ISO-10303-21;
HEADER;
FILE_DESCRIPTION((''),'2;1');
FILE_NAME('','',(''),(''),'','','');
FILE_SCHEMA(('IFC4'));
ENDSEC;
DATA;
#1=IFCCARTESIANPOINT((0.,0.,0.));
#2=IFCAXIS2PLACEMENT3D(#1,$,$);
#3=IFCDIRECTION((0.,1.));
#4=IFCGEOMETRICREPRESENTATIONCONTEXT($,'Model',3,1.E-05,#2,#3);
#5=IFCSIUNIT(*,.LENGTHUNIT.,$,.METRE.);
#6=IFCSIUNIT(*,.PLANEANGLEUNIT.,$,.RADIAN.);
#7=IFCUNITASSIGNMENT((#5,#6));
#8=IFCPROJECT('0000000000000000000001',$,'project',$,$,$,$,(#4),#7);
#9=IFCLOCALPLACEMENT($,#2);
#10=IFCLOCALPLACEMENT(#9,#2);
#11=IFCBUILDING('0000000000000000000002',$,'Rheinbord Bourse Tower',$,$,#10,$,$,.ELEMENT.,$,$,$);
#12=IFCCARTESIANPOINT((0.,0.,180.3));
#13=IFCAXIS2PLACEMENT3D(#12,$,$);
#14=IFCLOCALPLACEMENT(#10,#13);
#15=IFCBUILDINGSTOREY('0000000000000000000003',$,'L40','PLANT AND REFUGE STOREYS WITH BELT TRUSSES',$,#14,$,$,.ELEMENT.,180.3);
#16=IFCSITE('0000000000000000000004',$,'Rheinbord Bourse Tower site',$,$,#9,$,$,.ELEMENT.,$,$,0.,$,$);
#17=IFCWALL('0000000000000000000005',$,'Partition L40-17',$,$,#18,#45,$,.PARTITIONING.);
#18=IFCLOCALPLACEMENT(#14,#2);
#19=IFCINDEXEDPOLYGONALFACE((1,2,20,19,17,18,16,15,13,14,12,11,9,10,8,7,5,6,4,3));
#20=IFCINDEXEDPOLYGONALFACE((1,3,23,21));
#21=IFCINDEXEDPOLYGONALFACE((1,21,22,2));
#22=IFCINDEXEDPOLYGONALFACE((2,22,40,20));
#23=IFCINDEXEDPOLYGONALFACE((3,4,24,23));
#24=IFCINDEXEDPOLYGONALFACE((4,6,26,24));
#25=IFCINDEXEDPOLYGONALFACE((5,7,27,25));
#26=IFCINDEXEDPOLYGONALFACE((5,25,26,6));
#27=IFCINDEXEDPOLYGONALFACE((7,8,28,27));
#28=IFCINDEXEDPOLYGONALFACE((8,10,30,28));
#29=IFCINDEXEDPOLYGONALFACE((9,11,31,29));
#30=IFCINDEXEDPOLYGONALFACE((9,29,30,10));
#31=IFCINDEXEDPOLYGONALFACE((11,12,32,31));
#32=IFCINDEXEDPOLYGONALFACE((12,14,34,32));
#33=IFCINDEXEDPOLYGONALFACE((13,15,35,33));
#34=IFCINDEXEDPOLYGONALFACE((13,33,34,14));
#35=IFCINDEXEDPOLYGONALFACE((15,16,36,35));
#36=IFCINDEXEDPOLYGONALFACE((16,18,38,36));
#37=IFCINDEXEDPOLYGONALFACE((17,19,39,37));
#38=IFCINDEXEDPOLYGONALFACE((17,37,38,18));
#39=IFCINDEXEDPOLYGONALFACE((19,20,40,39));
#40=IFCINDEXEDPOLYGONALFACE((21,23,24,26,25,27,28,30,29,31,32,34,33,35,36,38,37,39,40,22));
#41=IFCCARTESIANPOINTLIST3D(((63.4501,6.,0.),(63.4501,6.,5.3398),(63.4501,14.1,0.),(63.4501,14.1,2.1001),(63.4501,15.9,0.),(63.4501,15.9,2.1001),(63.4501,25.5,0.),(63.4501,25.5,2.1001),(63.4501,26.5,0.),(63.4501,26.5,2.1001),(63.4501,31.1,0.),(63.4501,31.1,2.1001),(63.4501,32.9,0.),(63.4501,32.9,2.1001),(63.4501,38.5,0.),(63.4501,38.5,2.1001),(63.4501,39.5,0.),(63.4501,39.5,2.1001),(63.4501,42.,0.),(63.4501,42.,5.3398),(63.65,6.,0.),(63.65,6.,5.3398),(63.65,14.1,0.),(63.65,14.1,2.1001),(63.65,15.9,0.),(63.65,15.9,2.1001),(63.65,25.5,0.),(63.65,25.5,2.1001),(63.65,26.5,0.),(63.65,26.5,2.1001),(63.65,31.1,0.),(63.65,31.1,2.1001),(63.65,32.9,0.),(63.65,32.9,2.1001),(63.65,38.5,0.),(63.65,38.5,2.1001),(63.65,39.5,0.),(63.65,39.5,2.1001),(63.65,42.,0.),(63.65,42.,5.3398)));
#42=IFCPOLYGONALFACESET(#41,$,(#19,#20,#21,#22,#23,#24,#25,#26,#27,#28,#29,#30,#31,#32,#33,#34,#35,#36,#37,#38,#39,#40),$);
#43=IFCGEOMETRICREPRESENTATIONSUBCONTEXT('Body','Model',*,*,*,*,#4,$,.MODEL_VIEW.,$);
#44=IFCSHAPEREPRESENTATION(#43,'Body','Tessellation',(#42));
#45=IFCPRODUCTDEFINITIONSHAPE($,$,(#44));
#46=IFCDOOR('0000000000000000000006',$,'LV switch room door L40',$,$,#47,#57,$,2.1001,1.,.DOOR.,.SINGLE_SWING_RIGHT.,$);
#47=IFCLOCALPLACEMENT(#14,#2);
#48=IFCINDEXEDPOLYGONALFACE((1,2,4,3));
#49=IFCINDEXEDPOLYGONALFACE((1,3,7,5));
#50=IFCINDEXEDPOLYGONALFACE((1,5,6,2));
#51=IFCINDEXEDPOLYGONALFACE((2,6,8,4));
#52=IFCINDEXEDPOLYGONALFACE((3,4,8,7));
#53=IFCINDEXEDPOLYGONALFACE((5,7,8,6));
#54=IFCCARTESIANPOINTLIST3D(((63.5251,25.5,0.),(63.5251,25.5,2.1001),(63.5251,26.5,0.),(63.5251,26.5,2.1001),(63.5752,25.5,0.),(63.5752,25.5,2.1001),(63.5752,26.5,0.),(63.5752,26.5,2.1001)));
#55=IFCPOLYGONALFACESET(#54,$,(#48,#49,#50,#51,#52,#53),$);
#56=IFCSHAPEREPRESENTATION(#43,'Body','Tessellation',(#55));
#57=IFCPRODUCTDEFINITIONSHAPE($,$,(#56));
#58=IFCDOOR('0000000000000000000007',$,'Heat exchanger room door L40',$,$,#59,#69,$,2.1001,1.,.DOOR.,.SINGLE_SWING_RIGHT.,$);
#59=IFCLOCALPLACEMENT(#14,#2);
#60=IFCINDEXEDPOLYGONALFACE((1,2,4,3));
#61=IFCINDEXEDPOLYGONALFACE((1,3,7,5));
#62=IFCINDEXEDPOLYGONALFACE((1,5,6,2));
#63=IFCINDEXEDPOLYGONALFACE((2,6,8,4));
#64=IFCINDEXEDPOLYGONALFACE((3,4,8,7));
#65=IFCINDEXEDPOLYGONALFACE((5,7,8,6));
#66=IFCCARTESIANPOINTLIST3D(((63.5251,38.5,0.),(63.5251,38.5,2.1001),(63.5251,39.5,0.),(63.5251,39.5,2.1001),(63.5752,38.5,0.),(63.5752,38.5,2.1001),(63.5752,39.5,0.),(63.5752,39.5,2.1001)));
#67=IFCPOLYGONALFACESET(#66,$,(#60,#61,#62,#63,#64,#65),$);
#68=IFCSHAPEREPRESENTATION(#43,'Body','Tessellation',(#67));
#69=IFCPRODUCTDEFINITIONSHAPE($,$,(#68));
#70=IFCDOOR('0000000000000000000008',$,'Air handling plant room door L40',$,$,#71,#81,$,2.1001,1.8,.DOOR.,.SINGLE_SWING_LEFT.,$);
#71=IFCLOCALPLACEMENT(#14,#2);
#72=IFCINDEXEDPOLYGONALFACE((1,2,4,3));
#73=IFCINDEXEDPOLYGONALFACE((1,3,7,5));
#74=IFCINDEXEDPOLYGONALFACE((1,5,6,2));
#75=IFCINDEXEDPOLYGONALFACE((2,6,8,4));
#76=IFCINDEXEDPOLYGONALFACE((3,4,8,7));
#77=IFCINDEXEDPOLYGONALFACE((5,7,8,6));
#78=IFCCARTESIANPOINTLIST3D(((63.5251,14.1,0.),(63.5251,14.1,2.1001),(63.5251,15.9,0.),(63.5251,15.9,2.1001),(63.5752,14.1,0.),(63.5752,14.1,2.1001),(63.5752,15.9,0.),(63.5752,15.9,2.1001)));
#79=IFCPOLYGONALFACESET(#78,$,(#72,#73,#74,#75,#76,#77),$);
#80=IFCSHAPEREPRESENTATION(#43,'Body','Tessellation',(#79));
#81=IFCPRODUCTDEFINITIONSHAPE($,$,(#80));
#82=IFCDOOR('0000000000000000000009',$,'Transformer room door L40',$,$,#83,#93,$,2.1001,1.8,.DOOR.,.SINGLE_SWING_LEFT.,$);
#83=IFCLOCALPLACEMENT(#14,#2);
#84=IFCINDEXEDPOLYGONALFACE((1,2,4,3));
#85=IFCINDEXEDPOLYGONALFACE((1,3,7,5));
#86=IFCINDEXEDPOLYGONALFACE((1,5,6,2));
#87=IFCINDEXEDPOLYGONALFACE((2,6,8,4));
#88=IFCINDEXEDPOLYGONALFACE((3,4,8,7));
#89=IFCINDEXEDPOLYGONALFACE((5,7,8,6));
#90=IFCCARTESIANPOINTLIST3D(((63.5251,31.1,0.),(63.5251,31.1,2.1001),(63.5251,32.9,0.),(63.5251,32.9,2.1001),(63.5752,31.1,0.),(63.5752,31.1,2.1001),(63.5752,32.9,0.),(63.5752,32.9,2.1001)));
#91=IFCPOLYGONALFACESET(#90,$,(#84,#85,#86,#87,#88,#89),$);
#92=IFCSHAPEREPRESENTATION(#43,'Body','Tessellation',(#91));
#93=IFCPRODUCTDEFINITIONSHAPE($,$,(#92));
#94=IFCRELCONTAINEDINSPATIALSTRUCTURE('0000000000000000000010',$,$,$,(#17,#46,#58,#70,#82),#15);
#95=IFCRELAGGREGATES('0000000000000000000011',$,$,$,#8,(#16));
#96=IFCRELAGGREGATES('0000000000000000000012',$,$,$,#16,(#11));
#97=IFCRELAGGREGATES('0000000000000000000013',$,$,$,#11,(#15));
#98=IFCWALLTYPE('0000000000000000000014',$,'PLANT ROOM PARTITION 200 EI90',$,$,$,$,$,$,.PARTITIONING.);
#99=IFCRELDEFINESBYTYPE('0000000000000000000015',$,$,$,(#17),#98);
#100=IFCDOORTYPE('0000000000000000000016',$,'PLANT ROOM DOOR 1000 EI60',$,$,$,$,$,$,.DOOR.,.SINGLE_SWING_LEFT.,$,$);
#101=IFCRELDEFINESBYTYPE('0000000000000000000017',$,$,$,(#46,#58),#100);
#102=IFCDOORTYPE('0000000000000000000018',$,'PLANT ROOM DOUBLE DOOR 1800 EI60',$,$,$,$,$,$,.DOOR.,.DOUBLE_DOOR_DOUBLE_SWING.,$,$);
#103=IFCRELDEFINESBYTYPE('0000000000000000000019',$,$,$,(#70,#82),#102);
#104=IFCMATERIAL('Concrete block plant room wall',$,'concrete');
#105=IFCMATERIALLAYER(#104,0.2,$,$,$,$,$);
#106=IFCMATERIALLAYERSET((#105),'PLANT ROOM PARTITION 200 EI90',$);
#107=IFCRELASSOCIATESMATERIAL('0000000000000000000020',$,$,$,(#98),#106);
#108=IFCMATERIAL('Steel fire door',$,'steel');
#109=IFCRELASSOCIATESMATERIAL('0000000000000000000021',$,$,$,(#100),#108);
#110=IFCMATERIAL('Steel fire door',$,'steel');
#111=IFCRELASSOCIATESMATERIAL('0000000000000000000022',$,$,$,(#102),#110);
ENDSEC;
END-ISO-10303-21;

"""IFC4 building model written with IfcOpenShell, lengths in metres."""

from ifc_helpers import new_model, si_unit, direction, frame, frame_2d, origin, place, context, subcontext, project, spatial, rectangle, extrude, material, layer, layer_set, type_object, element, fill, save


model = new_model("IFC4")

# Units and contexts
model_context = context("Model", 3, precision=1e-05, world=origin(), true_north=direction((0.0, 1.0)))
body_context = subcontext(model_context, "Body", "Model", "MODEL_VIEW")
ifc_project = project(units=[si_unit("LENGTHUNIT", "METRE"), si_unit("PLANEANGLEUNIT", "RADIAN")], contexts=[model_context])

# Site, building, storey
site_placement = place(None, origin())
site = spatial("IfcSite", under=ifc_project, at=site_placement, Name="Rheinbord Bourse Tower site", CompositionType="ELEMENT", RefElevation=0.0)
building_placement = place(site_placement, origin())
building = spatial("IfcBuilding", under=site, at=building_placement, Name="Rheinbord Bourse Tower", CompositionType="ELEMENT")
storey_placement = place(building_placement, frame((0.0, 0.0, 180.3)))
storey = spatial("IfcBuildingStorey", under=building, at=storey_placement, Name="L40", Description="PLANT AND REFUGE STOREYS WITH BELT TRUSSES", CompositionType="ELEMENT", Elevation=180.3)

# Shared definitions
ifc_material_1 = material(Name="Concrete block plant room wall", Category="concrete")
ifc_layer_1 = layer(ifc_material_1, 0.2)
ifc_layer_set_1 = layer_set([ifc_layer_1], Name="PLANT ROOM PARTITION 200 EI90")
wall_type = type_object("IfcWallType", Name="PLANT ROOM PARTITION 200 EI90", PredefinedType="PARTITIONING", material=ifc_layer_set_1)

# Wall, openings, doors
wall_1_placement = place(storey_placement, frame((63.55, 6.0, 0.0), z_axis=(0.0, 0.0, 1.0), x_axis=(0.0, 1.0, 0.0)))
wall_1 = element("IfcWall", 1, at=wall_1_placement, inside=storey, type_object=wall_type, Name="Partition L40-17", PredefinedType="PARTITIONING", context=body_context, shape_type="SweptSolid", body=[
    extrude(rectangle(XDim=36.0, YDim=0.2, at=frame_2d((18.0, 0.0))), origin(), (0.0, 0.0, 1.0), 5.3398),
])
opening_1_placement = place(wall_1_placement, frame((8.1001, 0.0, 0.0)))
opening_1 = element("IfcOpeningElement", 2, at=opening_1_placement, cuts=wall_1, PredefinedType="OPENING", context=body_context, shape_type="SweptSolid", body=[
    extrude(rectangle(XDim=1.8, YDim=2.1001, at=frame_2d((0.8999, 1.05))), frame((0.0, 0.1099, 0.0), z_axis=(0.0, -1.0, 0.0), x_axis=(1.0, 0.0, 0.0)), (0.0, 0.0, 1.0), 0.22),
])
opening_2_placement = place(wall_1_placement, frame((19.5, 0.0, 0.0)))
opening_2 = element("IfcOpeningElement", 3, at=opening_2_placement, cuts=wall_1, PredefinedType="OPENING", context=body_context, shape_type="SweptSolid", body=[
    extrude(rectangle(XDim=1.0, YDim=2.1001, at=frame_2d((0.5, 1.05))), frame((0.0, 0.1099, 0.0), z_axis=(0.0, -1.0, 0.0), x_axis=(1.0, 0.0, 0.0)), (0.0, 0.0, 1.0), 0.22),
])
opening_3_placement = place(wall_1_placement, frame((25.1001, 0.0, 0.0)))
opening_3 = element("IfcOpeningElement", 4, at=opening_3_placement, cuts=wall_1, PredefinedType="OPENING", context=body_context, shape_type="SweptSolid", body=[
    extrude(rectangle(XDim=1.8, YDim=2.1001, at=frame_2d((0.8999, 1.05))), frame((0.0, 0.1099, 0.0), z_axis=(0.0, -1.0, 0.0), x_axis=(1.0, 0.0, 0.0)), (0.0, 0.0, 1.0), 0.22),
])
opening_4_placement = place(wall_1_placement, frame((32.5, 0.0, 0.0)))
opening_4 = element("IfcOpeningElement", 5, at=opening_4_placement, cuts=wall_1, PredefinedType="OPENING", context=body_context, shape_type="SweptSolid", body=[
    extrude(rectangle(XDim=1.0, YDim=2.1001, at=frame_2d((0.5, 1.05))), frame((0.0, 0.1099, 0.0), z_axis=(0.0, -1.0, 0.0), x_axis=(1.0, 0.0, 0.0)), (0.0, 0.0, 1.0), 0.22),
])
ifc_material_2 = material(Name="Steel fire door", Category="steel")
door_type_1 = type_object("IfcDoorType", Name="PLANT ROOM DOOR 1000 EI60", OperationType="SINGLE_SWING_LEFT", PredefinedType="DOOR", material=ifc_material_2)
door_1_placement = place(opening_2_placement, origin())
door_1 = element("IfcDoor", 6, at=door_1_placement, inside=storey, type_object=door_type_1, Name="LV switch room door L40", OperationType="SINGLE_SWING_RIGHT", OverallHeight=2.1001, OverallWidth=1.0, PredefinedType="DOOR", context=body_context, shape_type="SweptSolid", body=[
    extrude(rectangle(XDim=1.0, YDim=2.1001, at=frame_2d((0.5, 1.05))), frame((0.0, 0.0249, 0.0), z_axis=(0.0, -1.0, 0.0), x_axis=(1.0, 0.0, 0.0)), (0.0, 0.0, 1.0), 0.05),
])
fill(opening_2, door_1)
door_2_placement = place(opening_4_placement, origin())
door_2 = element("IfcDoor", 7, at=door_2_placement, inside=storey, type_object=door_type_1, Name="Heat exchanger room door L40", OperationType="SINGLE_SWING_RIGHT", OverallHeight=2.1001, OverallWidth=1.0, PredefinedType="DOOR", context=body_context, shape_type="SweptSolid", body=[
    extrude(rectangle(XDim=1.0, YDim=2.1001, at=frame_2d((0.5, 1.05))), frame((0.0, 0.0249, 0.0), z_axis=(0.0, -1.0, 0.0), x_axis=(1.0, 0.0, 0.0)), (0.0, 0.0, 1.0), 0.05),
])
fill(opening_4, door_2)
ifc_material_3 = material(Name="Steel fire door", Category="steel")
door_type_2 = type_object("IfcDoorType", Name="PLANT ROOM DOUBLE DOOR 1800 EI60", OperationType="DOUBLE_DOOR_DOUBLE_SWING", PredefinedType="DOOR", material=ifc_material_3)
door_3_placement = place(opening_1_placement, origin())
door_3 = element("IfcDoor", 8, at=door_3_placement, inside=storey, type_object=door_type_2, Name="Air handling plant room door L40", OperationType="SINGLE_SWING_LEFT", OverallHeight=2.1001, OverallWidth=1.8, PredefinedType="DOOR", context=body_context, shape_type="SweptSolid", body=[
    extrude(rectangle(XDim=1.8, YDim=2.1001, at=frame_2d((0.8999, 1.05))), frame((0.0, 0.0249, 0.0), z_axis=(0.0, -1.0, 0.0), x_axis=(1.0, 0.0, 0.0)), (0.0, 0.0, 1.0), 0.05),
])
fill(opening_1, door_3)
door_4_placement = place(opening_3_placement, origin())
door_4 = element("IfcDoor", 9, at=door_4_placement, inside=storey, type_object=door_type_2, Name="Transformer room door L40", OperationType="SINGLE_SWING_LEFT", OverallHeight=2.1001, OverallWidth=1.8, PredefinedType="DOOR", context=body_context, shape_type="SweptSolid", body=[
    extrude(rectangle(XDim=1.8, YDim=2.1001, at=frame_2d((0.8999, 1.05))), frame((0.0, 0.0249, 0.0), z_axis=(0.0, -1.0, 0.0), x_axis=(1.0, 0.0, 0.0)), (0.0, 0.0, 1.0), 0.05),
])
fill(opening_3, door_4)

save(model, "model.ifc")
